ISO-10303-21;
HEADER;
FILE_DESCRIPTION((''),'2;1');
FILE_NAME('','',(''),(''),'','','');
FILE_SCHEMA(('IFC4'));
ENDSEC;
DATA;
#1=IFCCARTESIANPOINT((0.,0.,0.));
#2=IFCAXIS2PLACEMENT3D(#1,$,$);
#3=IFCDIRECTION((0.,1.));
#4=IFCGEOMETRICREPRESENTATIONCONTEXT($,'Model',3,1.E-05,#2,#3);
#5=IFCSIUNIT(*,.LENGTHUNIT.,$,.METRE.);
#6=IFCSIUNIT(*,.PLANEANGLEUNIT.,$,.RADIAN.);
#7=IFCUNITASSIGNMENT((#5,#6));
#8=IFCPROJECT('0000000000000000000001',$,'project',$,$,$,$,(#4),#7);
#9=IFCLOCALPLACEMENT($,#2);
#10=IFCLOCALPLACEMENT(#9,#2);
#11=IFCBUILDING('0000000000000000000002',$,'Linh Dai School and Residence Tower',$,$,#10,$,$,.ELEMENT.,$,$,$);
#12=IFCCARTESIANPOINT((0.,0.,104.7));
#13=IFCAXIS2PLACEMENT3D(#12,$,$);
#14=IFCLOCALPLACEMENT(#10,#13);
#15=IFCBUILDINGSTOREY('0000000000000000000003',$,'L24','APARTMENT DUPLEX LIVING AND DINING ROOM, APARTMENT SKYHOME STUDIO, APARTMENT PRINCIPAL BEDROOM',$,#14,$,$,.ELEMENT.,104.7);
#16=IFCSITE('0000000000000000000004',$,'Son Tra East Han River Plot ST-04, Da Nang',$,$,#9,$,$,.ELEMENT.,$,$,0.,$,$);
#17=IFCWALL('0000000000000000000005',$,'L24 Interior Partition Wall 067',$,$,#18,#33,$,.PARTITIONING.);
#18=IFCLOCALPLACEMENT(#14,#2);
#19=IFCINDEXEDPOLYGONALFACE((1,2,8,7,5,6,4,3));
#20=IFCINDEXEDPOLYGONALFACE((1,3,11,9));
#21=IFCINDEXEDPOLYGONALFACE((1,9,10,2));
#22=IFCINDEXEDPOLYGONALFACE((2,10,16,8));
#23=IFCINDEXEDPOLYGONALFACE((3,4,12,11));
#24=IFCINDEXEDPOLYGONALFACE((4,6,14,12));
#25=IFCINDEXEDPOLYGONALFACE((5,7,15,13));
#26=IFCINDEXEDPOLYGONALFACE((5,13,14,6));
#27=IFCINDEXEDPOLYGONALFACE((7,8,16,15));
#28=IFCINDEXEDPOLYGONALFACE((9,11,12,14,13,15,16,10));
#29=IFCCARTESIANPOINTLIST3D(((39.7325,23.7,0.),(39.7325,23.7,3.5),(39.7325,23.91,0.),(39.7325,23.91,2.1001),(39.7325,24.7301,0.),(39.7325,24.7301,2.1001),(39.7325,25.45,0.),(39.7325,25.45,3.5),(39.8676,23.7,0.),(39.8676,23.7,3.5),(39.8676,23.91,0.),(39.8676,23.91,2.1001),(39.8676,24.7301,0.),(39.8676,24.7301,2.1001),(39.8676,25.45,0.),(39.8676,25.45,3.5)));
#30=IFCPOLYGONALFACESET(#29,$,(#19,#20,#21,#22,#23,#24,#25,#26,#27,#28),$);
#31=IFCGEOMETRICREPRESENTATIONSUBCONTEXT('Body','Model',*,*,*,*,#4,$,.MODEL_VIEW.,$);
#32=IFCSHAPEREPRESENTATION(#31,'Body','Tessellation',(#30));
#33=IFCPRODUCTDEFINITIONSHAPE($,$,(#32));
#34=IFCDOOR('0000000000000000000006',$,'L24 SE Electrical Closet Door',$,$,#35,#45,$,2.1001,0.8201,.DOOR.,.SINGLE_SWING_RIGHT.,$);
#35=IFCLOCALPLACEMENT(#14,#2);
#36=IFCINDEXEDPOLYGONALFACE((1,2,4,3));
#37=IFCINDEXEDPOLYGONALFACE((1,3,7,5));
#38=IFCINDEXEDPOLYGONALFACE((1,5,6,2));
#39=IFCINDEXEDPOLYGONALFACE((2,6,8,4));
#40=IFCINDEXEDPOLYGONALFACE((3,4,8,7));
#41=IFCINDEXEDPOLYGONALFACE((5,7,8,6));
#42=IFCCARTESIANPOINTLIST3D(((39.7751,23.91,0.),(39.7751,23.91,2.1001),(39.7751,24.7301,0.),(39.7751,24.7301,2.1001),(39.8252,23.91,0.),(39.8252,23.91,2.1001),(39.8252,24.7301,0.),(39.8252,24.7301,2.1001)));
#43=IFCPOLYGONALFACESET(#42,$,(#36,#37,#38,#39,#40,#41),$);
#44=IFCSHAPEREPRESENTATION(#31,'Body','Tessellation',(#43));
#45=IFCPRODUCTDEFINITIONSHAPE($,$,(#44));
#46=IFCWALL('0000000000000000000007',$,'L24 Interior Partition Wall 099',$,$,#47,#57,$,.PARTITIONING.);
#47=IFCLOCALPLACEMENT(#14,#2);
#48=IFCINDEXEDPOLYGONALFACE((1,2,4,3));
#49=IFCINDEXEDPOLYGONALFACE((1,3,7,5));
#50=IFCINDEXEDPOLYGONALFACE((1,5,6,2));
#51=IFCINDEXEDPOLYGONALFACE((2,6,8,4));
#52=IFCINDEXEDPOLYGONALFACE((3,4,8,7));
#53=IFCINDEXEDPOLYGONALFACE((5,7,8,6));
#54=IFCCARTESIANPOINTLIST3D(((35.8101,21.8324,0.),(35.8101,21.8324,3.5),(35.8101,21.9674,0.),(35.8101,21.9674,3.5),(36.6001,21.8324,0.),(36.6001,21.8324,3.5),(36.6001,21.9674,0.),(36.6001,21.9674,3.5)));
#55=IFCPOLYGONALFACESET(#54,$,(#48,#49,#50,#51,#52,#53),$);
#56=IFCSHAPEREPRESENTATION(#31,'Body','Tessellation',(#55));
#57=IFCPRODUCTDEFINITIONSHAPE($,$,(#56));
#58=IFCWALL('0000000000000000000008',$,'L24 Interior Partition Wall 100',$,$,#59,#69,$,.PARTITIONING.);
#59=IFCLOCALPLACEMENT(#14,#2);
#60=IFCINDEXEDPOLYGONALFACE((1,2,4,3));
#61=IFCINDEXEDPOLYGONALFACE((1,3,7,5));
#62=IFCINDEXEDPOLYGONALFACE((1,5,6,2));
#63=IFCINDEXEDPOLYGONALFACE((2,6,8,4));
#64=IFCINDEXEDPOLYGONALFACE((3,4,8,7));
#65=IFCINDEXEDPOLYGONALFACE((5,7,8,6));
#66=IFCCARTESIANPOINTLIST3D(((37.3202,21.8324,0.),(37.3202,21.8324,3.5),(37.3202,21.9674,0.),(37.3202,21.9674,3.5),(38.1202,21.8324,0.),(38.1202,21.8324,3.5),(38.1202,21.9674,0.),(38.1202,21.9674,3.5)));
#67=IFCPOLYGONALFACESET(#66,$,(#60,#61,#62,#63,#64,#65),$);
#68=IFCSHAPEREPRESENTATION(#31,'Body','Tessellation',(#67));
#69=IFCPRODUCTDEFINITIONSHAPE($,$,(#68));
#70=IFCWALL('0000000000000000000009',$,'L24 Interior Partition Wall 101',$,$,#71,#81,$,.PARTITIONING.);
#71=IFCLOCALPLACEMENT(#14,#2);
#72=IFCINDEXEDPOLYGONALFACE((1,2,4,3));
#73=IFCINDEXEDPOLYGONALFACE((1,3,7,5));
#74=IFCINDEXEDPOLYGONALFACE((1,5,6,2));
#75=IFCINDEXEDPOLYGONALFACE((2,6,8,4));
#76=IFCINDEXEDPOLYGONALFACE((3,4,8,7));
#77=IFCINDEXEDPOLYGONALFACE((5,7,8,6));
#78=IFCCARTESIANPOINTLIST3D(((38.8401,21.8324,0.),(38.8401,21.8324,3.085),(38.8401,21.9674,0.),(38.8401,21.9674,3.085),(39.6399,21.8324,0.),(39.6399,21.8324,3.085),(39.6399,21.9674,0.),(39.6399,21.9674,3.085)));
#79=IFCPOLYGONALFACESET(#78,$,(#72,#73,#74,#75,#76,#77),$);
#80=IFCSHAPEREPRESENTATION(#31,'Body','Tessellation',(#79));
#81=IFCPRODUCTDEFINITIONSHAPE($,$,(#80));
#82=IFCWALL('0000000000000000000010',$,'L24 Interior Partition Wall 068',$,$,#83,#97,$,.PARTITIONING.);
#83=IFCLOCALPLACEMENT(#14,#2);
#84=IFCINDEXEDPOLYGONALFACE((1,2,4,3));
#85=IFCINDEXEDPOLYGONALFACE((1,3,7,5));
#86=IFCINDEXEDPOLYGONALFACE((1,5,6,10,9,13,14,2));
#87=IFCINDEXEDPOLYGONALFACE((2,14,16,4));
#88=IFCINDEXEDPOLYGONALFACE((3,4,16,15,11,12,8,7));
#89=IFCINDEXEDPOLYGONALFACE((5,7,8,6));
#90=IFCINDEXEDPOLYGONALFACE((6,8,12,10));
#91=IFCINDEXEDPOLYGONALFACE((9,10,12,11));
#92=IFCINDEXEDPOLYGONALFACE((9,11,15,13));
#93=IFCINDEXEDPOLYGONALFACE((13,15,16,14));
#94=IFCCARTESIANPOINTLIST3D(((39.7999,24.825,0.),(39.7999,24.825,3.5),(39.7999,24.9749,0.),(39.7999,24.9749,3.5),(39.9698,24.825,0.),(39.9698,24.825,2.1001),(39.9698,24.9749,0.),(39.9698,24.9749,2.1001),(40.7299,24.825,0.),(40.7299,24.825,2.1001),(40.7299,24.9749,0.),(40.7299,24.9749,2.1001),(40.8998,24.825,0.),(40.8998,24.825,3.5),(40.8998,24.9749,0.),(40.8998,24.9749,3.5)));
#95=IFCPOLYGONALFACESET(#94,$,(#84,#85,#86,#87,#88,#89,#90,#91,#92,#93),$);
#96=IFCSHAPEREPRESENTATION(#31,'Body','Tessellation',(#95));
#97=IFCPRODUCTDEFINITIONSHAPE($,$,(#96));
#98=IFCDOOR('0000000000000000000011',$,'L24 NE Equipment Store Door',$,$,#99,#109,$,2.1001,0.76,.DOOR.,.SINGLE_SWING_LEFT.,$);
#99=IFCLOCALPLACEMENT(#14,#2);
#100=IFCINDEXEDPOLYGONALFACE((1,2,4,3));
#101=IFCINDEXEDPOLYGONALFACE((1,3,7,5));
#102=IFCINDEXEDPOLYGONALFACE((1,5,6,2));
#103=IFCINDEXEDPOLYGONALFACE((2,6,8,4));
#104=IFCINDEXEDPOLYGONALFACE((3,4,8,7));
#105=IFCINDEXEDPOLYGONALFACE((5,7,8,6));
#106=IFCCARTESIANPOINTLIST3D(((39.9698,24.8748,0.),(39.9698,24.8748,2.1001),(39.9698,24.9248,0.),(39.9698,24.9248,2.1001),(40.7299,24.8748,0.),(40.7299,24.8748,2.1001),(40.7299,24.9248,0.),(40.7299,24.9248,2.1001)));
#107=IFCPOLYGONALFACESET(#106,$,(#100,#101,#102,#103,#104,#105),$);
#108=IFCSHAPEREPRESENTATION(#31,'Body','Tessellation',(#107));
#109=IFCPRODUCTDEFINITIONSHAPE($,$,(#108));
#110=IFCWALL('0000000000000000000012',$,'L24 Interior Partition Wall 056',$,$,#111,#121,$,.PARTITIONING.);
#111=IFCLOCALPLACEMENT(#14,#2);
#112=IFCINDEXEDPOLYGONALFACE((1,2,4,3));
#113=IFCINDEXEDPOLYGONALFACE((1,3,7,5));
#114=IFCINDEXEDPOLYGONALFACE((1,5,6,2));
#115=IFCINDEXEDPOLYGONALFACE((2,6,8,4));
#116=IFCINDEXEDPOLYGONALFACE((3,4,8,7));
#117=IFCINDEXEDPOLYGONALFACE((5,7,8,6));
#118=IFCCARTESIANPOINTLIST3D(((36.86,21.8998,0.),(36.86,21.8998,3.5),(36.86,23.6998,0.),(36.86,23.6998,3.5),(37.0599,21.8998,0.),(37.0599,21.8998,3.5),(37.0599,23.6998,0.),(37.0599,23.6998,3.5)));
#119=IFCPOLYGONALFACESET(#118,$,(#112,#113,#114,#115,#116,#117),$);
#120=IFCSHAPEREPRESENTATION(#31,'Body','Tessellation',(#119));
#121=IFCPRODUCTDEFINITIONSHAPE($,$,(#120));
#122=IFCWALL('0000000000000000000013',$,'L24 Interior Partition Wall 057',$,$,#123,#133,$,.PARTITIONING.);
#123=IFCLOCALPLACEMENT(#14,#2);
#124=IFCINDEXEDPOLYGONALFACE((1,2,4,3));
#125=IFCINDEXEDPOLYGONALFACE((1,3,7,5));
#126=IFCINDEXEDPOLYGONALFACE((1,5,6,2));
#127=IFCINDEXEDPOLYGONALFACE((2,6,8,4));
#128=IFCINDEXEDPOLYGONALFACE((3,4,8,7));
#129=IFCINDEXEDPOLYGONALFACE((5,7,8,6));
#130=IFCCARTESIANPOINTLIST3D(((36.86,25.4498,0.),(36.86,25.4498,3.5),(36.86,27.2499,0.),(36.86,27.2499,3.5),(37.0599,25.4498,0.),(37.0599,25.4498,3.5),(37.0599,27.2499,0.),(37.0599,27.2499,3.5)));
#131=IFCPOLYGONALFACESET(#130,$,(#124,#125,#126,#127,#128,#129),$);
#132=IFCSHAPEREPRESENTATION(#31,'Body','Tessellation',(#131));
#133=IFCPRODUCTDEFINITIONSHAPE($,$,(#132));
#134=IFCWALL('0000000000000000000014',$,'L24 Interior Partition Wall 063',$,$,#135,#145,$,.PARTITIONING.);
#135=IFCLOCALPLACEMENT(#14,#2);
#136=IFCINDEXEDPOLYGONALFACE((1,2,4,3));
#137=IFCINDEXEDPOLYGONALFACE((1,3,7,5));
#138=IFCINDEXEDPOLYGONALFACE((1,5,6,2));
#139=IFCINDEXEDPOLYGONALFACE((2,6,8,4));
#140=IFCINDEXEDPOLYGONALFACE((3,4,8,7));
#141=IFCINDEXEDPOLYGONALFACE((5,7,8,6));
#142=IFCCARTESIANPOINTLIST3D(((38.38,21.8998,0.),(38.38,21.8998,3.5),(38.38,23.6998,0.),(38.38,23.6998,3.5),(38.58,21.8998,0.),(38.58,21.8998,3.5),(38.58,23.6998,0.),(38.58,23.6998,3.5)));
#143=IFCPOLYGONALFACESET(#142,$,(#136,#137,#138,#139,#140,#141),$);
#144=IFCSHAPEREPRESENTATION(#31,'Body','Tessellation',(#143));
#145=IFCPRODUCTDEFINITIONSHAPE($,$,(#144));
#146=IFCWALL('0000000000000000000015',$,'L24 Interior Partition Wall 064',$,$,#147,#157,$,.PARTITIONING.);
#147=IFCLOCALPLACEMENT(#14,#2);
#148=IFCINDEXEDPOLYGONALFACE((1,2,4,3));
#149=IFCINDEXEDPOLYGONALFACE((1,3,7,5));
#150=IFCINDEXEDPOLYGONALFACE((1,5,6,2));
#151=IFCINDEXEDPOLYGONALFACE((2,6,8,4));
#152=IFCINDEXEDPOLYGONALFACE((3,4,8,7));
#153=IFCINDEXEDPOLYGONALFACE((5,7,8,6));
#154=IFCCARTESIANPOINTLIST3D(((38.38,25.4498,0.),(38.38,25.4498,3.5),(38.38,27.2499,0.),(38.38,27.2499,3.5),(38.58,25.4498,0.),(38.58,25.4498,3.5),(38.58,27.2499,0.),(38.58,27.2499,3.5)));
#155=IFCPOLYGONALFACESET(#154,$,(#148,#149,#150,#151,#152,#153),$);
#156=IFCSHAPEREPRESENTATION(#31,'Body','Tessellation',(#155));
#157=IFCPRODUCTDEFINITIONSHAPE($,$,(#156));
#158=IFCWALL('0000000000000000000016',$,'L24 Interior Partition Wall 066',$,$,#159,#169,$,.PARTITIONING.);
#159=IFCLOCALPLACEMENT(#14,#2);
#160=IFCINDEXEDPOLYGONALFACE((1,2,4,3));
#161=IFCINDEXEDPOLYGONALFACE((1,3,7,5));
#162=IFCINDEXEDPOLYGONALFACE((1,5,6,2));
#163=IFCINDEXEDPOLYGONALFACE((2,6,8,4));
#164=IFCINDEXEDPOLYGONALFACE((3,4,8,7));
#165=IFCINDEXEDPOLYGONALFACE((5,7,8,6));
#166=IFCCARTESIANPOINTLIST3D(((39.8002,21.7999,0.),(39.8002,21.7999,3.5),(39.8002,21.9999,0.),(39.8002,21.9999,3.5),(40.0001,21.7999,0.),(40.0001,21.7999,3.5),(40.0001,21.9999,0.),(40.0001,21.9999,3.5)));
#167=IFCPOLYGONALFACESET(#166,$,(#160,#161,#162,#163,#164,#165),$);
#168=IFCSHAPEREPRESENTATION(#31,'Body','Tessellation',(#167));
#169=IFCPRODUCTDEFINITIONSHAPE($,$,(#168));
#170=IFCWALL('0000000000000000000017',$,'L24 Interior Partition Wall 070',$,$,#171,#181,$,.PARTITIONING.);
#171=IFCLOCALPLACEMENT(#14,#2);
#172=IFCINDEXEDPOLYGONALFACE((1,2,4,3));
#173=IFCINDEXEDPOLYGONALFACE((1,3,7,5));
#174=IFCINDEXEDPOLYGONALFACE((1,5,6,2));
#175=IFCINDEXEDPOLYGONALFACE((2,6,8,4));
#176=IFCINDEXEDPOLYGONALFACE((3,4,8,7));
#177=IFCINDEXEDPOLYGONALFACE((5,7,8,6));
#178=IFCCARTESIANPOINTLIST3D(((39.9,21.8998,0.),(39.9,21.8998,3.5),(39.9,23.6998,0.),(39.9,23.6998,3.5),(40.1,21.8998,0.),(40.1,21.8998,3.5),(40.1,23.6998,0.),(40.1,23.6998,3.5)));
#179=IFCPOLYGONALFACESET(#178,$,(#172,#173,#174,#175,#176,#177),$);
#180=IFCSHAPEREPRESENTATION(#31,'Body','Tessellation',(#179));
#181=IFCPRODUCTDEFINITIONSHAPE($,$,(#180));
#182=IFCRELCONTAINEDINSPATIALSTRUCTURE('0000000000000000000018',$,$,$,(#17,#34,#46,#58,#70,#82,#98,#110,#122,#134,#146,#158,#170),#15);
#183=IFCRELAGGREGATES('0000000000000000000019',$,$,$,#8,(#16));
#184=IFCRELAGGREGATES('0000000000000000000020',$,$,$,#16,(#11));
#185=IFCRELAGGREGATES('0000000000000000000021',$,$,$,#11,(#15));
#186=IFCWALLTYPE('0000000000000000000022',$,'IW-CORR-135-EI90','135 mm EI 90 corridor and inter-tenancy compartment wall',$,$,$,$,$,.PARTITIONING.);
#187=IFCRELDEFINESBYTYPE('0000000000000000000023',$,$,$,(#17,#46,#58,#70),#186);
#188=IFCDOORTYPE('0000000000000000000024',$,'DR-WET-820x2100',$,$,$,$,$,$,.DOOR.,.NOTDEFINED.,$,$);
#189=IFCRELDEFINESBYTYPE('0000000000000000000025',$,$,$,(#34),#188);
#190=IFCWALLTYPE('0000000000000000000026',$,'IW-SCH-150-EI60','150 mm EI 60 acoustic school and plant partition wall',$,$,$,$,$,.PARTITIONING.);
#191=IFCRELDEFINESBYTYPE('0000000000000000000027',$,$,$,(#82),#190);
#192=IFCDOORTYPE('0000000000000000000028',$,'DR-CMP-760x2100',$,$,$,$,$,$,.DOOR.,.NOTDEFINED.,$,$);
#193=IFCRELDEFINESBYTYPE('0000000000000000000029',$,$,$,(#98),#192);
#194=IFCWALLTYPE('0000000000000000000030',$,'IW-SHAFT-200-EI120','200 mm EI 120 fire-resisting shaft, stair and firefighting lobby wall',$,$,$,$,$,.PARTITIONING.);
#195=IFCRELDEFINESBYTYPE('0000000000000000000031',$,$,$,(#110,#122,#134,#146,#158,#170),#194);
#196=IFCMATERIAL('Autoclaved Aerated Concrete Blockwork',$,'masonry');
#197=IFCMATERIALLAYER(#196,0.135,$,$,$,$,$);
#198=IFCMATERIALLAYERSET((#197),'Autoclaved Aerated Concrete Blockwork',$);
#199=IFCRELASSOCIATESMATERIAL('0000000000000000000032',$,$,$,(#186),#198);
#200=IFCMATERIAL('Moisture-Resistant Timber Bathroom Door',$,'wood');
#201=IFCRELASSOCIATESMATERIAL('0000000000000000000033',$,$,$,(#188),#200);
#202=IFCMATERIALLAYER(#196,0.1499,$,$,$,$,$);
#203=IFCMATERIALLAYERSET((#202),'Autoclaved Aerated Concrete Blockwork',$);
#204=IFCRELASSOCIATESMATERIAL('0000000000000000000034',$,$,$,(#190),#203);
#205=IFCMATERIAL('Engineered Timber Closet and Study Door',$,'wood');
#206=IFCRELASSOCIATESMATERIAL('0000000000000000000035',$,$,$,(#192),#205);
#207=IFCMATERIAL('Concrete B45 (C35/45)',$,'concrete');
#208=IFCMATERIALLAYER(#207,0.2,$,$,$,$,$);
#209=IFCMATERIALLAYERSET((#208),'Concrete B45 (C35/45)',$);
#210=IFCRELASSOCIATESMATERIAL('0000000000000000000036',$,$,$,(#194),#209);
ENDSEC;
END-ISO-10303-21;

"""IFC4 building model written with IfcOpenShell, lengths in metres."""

from ifc_helpers import new_model, si_unit, direction, frame, frame_2d, origin, origin_2d, place, context, subcontext, project, spatial, rectangle, extrude, source, transform, mapped, material, layer, layer_set, type_object, element, fill, save


model = new_model("IFC4")

# Units and contexts
model_context = context("Model", 3, precision=1e-05, world=origin(), true_north=direction((0.0, 1.0)))
body_context = subcontext(model_context, "Body", "Model", "MODEL_VIEW")
ifc_project = project(units=[si_unit("LENGTHUNIT", "METRE"), si_unit("PLANEANGLEUNIT", "RADIAN")], contexts=[model_context])

# Site, building, storey
site_placement = place(None, origin())
site = spatial("IfcSite", under=ifc_project, at=site_placement, Name="Son Tra East Han River Plot ST-04, Da Nang", CompositionType="ELEMENT", RefElevation=0.0)
building_placement = place(site_placement, origin())
building = spatial("IfcBuilding", under=site, at=building_placement, Name="Linh Dai School and Residence Tower", CompositionType="ELEMENT")
storey_placement = place(building_placement, frame((0.0, 0.0, 104.7)))
storey = spatial("IfcBuildingStorey", under=building, at=storey_placement, Name="L24", Description="APARTMENT DUPLEX LIVING AND DINING ROOM, APARTMENT SKYHOME STUDIO, APARTMENT PRINCIPAL BEDROOM", CompositionType="ELEMENT", Elevation=104.7)

# Wall, opening, door
ifc_material_1 = material(Name="Autoclaved Aerated Concrete Blockwork", Category="masonry")
ifc_layer_1 = layer(ifc_material_1, 0.135)
ifc_layer_set_1 = layer_set([ifc_layer_1], Name="Autoclaved Aerated Concrete Blockwork")
wall_type_1 = type_object("IfcWallType", Name="IW-CORR-135-EI90", Description="135 mm EI 90 corridor and inter-tenancy compartment wall", PredefinedType="PARTITIONING", material=ifc_layer_set_1)
wall_1_placement = place(storey_placement, frame((39.8, 23.7, 0.0), z_axis=(0.0, 0.0, 1.0), x_axis=(0.0, 1.0, 0.0)))
wall_1 = element("IfcWall", 1, at=wall_1_placement, inside=storey, type_object=wall_type_1, Name="L24 Interior Partition Wall 067", PredefinedType="PARTITIONING", context=body_context, shape_type="SweptSolid", body=[
    extrude(rectangle(XDim=1.75, YDim=0.135, at=frame_2d((0.875, 0.0))), origin(), (0.0, 0.0, 1.0), 3.5),
])
opening_1_placement = place(wall_1_placement, frame((0.21, 0.0, 0.0)))
opening_1 = element("IfcOpeningElement", 2, at=opening_1_placement, cuts=wall_1, PredefinedType="OPENING", context=body_context, shape_type="SweptSolid", body=[
    extrude(rectangle(XDim=0.8201, YDim=2.1001, at=origin_2d()), frame((0.4102, 0.0776, 1.05), z_axis=(0.0, -1.0, 0.0), x_axis=(1.0, 0.0, 0.0)), (0.0, 0.0, 1.0), 0.155),
])
ifc_material_2 = material(Name="Moisture-Resistant Timber Bathroom Door", Category="wood")
door_type_1 = type_object("IfcDoorType", Name="DR-WET-820x2100", OperationType="NOTDEFINED", PredefinedType="DOOR", material=ifc_material_2)
shared_shape_1 = source(origin(), body_context, "Body", "SweptSolid", [
    extrude(rectangle(XDim=0.8201, YDim=2.1001, at=origin_2d()), frame((0.4102, 0.0249, 1.05), z_axis=(0.0, -1.0, 0.0), x_axis=(1.0, 0.0, 0.0)), (0.0, 0.0, 1.0), 0.05),
])
door_1_placement = place(opening_1_placement, origin())
door_1 = element("IfcDoor", 3, at=door_1_placement, inside=storey, type_object=door_type_1, Name="L24 SE Electrical Closet Door", OperationType="SINGLE_SWING_RIGHT", OverallHeight=2.1001, OverallWidth=0.8201, PredefinedType="DOOR", context=body_context, shape_type="MappedRepresentation", body=[
    mapped(shared_shape_1, transform((0.0, 0.0, 0.0), x_axis=(1.0, 0.0, 0.0), y_axis=(0.0, 1.0, 0.0), z_axis=(0.0, 0.0, 1.0), scale=1.0)),
])
fill(opening_1, door_1)

# Walls
wall_2_placement = place(storey_placement, frame((36.6001, 21.8999, 0.0), z_axis=(0.0, 0.0, 1.0), x_axis=(-1.0, 0.0, 0.0)))
element("IfcWall", 4, at=wall_2_placement, inside=storey, type_object=wall_type_1, Name="L24 Interior Partition Wall 099", PredefinedType="PARTITIONING", context=body_context, shape_type="SweptSolid", body=[
    extrude(rectangle(XDim=0.79, YDim=0.135, at=frame_2d((0.395, 0.0))), origin(), (0.0, 0.0, 1.0), 3.5),
])
wall_3_placement = place(storey_placement, frame((38.1201, 21.8999, 0.0), z_axis=(0.0, 0.0, 1.0), x_axis=(-1.0, 0.0, 0.0)))
element("IfcWall", 5, at=wall_3_placement, inside=storey, type_object=wall_type_1, Name="L24 Interior Partition Wall 100", PredefinedType="PARTITIONING", context=body_context, shape_type="SweptSolid", body=[
    extrude(rectangle(XDim=0.8, YDim=0.135, at=frame_2d((0.3999, 0.0))), origin(), (0.0, 0.0, 1.0), 3.5),
])
wall_4_placement = place(storey_placement, frame((39.6399, 21.8999, 0.0), z_axis=(0.0, 0.0, 1.0), x_axis=(-1.0, 0.0, 0.0)))
element("IfcWall", 6, at=wall_4_placement, inside=storey, type_object=wall_type_1, Name="L24 Interior Partition Wall 101", PredefinedType="PARTITIONING", context=body_context, shape_type="SweptSolid", body=[
    extrude(rectangle(XDim=0.7998, YDim=0.135, at=frame_2d((0.3999, 0.0))), origin(), (0.0, 0.0, 1.0), 3.085),
])

# Wall, opening, door
ifc_layer_2 = layer(ifc_material_1, 0.1499)
ifc_layer_set_2 = layer_set([ifc_layer_2], Name="Autoclaved Aerated Concrete Blockwork")
wall_type_2 = type_object("IfcWallType", Name="IW-SCH-150-EI60", Description="150 mm EI 60 acoustic school and plant partition wall", PredefinedType="PARTITIONING", material=ifc_layer_set_2)
wall_5_placement = place(storey_placement, frame((39.8, 24.8999, 0.0), z_axis=(0.0, 0.0, 1.0), x_axis=(1.0, 0.0, 0.0)))
wall_5 = element("IfcWall", 7, at=wall_5_placement, inside=storey, type_object=wall_type_2, Name="L24 Interior Partition Wall 068", PredefinedType="PARTITIONING", context=body_context, shape_type="SweptSolid", body=[
    extrude(rectangle(XDim=1.0999, YDim=0.1499, at=frame_2d((0.5498, 0.0))), origin(), (0.0, 0.0, 1.0), 3.5),
])
opening_2_placement = place(wall_5_placement, frame((0.1699, 0.0, 0.0)))
opening_2 = element("IfcOpeningElement", 8, at=opening_2_placement, cuts=wall_5, PredefinedType="OPENING", context=body_context, shape_type="SweptSolid", body=[
    extrude(rectangle(XDim=0.76, YDim=2.1001, at=origin_2d()), frame((0.3799, 0.085, 1.05), z_axis=(0.0, -1.0, 0.0), x_axis=(1.0, 0.0, 0.0)), (0.0, 0.0, 1.0), 0.1699),
])
ifc_material_3 = material(Name="Engineered Timber Closet and Study Door", Category="wood")
door_type_2 = type_object("IfcDoorType", Name="DR-CMP-760x2100", OperationType="NOTDEFINED", PredefinedType="DOOR", material=ifc_material_3)
shared_shape_2 = source(origin(), body_context, "Body", "SweptSolid", [
    extrude(rectangle(XDim=0.76, YDim=2.1001, at=origin_2d()), frame((0.3799, 0.0249, 1.05), z_axis=(0.0, -1.0, 0.0), x_axis=(1.0, 0.0, 0.0)), (0.0, 0.0, 1.0), 0.05),
])
door_2_placement = place(opening_2_placement, origin())
door_2 = element("IfcDoor", 9, at=door_2_placement, inside=storey, type_object=door_type_2, Name="L24 NE Equipment Store Door", OperationType="SINGLE_SWING_LEFT", OverallHeight=2.1001, OverallWidth=0.76, PredefinedType="DOOR", context=body_context, shape_type="MappedRepresentation", body=[
    mapped(shared_shape_2, transform((0.0, 0.0, 0.0), x_axis=(1.0, 0.0, 0.0), y_axis=(0.0, 1.0, 0.0), z_axis=(0.0, 0.0, 1.0), scale=1.0)),
])
fill(opening_2, door_2)

# Walls
ifc_material_4 = material(Name="Concrete B45 (C35/45)", Category="concrete")
ifc_layer_3 = layer(ifc_material_4, 0.2)
ifc_layer_set_3 = layer_set([ifc_layer_3], Name="Concrete B45 (C35/45)")
wall_type_3 = type_object("IfcWallType", Name="IW-SHAFT-200-EI120", Description="200 mm EI 120 fire-resisting shaft, stair and firefighting lobby wall", PredefinedType="PARTITIONING", material=ifc_layer_set_3)
for number, where, z_axis, x_axis, name in (
    (10, (36.96, 21.8999, 0.0), (0.0, 0.0, 1.0), (0.0, 1.0, 0.0), "L24 Interior Partition Wall 056"),
    (11, (36.96, 25.45, 0.0), (0.0, 0.0, 1.0), (0.0, 1.0, 0.0), "L24 Interior Partition Wall 057"),
    (12, (38.48, 21.8999, 0.0), (0.0, 0.0, 1.0), (0.0, 1.0, 0.0), "L24 Interior Partition Wall 063"),
    (13, (38.48, 25.45, 0.0), (0.0, 0.0, 1.0), (0.0, 1.0, 0.0), "L24 Interior Partition Wall 064"),
):
    element("IfcWall", number, at=place(storey_placement, frame(where, z_axis=z_axis, x_axis=x_axis)), inside=storey, type_object=wall_type_3, Name=name, PredefinedType="PARTITIONING", context=body_context, shape_type="SweptSolid", body=[
        extrude(rectangle(XDim=1.8, YDim=0.2, at=frame_2d((0.8999, 0.0))), origin(), (0.0, 0.0, 1.0), 3.5),
    ])
wall_6_placement = place(storey_placement, frame((39.8, 21.8999, 0.0), z_axis=(0.0, 0.0, 1.0), x_axis=(1.0, 0.0, 0.0)))
element("IfcWall", 14, at=wall_6_placement, inside=storey, type_object=wall_type_3, Name="L24 Interior Partition Wall 066", PredefinedType="PARTITIONING", context=body_context, shape_type="SweptSolid", body=[
    extrude(rectangle(XDim=0.2, YDim=0.2, at=frame_2d((0.1001, 0.0))), origin(), (0.0, 0.0, 1.0), 3.5),
])
wall_7_placement = place(storey_placement, frame((40.0, 21.8999, 0.0), z_axis=(0.0, 0.0, 1.0), x_axis=(0.0, 1.0, 0.0)))
element("IfcWall", 15, at=wall_7_placement, inside=storey, type_object=wall_type_3, Name="L24 Interior Partition Wall 070", PredefinedType="PARTITIONING", context=body_context, shape_type="SweptSolid", body=[
    extrude(rectangle(XDim=1.8, YDim=0.2, at=frame_2d((0.8999, 0.0))), origin(), (0.0, 0.0, 1.0), 3.5),
])

save(model, "model.ifc")
